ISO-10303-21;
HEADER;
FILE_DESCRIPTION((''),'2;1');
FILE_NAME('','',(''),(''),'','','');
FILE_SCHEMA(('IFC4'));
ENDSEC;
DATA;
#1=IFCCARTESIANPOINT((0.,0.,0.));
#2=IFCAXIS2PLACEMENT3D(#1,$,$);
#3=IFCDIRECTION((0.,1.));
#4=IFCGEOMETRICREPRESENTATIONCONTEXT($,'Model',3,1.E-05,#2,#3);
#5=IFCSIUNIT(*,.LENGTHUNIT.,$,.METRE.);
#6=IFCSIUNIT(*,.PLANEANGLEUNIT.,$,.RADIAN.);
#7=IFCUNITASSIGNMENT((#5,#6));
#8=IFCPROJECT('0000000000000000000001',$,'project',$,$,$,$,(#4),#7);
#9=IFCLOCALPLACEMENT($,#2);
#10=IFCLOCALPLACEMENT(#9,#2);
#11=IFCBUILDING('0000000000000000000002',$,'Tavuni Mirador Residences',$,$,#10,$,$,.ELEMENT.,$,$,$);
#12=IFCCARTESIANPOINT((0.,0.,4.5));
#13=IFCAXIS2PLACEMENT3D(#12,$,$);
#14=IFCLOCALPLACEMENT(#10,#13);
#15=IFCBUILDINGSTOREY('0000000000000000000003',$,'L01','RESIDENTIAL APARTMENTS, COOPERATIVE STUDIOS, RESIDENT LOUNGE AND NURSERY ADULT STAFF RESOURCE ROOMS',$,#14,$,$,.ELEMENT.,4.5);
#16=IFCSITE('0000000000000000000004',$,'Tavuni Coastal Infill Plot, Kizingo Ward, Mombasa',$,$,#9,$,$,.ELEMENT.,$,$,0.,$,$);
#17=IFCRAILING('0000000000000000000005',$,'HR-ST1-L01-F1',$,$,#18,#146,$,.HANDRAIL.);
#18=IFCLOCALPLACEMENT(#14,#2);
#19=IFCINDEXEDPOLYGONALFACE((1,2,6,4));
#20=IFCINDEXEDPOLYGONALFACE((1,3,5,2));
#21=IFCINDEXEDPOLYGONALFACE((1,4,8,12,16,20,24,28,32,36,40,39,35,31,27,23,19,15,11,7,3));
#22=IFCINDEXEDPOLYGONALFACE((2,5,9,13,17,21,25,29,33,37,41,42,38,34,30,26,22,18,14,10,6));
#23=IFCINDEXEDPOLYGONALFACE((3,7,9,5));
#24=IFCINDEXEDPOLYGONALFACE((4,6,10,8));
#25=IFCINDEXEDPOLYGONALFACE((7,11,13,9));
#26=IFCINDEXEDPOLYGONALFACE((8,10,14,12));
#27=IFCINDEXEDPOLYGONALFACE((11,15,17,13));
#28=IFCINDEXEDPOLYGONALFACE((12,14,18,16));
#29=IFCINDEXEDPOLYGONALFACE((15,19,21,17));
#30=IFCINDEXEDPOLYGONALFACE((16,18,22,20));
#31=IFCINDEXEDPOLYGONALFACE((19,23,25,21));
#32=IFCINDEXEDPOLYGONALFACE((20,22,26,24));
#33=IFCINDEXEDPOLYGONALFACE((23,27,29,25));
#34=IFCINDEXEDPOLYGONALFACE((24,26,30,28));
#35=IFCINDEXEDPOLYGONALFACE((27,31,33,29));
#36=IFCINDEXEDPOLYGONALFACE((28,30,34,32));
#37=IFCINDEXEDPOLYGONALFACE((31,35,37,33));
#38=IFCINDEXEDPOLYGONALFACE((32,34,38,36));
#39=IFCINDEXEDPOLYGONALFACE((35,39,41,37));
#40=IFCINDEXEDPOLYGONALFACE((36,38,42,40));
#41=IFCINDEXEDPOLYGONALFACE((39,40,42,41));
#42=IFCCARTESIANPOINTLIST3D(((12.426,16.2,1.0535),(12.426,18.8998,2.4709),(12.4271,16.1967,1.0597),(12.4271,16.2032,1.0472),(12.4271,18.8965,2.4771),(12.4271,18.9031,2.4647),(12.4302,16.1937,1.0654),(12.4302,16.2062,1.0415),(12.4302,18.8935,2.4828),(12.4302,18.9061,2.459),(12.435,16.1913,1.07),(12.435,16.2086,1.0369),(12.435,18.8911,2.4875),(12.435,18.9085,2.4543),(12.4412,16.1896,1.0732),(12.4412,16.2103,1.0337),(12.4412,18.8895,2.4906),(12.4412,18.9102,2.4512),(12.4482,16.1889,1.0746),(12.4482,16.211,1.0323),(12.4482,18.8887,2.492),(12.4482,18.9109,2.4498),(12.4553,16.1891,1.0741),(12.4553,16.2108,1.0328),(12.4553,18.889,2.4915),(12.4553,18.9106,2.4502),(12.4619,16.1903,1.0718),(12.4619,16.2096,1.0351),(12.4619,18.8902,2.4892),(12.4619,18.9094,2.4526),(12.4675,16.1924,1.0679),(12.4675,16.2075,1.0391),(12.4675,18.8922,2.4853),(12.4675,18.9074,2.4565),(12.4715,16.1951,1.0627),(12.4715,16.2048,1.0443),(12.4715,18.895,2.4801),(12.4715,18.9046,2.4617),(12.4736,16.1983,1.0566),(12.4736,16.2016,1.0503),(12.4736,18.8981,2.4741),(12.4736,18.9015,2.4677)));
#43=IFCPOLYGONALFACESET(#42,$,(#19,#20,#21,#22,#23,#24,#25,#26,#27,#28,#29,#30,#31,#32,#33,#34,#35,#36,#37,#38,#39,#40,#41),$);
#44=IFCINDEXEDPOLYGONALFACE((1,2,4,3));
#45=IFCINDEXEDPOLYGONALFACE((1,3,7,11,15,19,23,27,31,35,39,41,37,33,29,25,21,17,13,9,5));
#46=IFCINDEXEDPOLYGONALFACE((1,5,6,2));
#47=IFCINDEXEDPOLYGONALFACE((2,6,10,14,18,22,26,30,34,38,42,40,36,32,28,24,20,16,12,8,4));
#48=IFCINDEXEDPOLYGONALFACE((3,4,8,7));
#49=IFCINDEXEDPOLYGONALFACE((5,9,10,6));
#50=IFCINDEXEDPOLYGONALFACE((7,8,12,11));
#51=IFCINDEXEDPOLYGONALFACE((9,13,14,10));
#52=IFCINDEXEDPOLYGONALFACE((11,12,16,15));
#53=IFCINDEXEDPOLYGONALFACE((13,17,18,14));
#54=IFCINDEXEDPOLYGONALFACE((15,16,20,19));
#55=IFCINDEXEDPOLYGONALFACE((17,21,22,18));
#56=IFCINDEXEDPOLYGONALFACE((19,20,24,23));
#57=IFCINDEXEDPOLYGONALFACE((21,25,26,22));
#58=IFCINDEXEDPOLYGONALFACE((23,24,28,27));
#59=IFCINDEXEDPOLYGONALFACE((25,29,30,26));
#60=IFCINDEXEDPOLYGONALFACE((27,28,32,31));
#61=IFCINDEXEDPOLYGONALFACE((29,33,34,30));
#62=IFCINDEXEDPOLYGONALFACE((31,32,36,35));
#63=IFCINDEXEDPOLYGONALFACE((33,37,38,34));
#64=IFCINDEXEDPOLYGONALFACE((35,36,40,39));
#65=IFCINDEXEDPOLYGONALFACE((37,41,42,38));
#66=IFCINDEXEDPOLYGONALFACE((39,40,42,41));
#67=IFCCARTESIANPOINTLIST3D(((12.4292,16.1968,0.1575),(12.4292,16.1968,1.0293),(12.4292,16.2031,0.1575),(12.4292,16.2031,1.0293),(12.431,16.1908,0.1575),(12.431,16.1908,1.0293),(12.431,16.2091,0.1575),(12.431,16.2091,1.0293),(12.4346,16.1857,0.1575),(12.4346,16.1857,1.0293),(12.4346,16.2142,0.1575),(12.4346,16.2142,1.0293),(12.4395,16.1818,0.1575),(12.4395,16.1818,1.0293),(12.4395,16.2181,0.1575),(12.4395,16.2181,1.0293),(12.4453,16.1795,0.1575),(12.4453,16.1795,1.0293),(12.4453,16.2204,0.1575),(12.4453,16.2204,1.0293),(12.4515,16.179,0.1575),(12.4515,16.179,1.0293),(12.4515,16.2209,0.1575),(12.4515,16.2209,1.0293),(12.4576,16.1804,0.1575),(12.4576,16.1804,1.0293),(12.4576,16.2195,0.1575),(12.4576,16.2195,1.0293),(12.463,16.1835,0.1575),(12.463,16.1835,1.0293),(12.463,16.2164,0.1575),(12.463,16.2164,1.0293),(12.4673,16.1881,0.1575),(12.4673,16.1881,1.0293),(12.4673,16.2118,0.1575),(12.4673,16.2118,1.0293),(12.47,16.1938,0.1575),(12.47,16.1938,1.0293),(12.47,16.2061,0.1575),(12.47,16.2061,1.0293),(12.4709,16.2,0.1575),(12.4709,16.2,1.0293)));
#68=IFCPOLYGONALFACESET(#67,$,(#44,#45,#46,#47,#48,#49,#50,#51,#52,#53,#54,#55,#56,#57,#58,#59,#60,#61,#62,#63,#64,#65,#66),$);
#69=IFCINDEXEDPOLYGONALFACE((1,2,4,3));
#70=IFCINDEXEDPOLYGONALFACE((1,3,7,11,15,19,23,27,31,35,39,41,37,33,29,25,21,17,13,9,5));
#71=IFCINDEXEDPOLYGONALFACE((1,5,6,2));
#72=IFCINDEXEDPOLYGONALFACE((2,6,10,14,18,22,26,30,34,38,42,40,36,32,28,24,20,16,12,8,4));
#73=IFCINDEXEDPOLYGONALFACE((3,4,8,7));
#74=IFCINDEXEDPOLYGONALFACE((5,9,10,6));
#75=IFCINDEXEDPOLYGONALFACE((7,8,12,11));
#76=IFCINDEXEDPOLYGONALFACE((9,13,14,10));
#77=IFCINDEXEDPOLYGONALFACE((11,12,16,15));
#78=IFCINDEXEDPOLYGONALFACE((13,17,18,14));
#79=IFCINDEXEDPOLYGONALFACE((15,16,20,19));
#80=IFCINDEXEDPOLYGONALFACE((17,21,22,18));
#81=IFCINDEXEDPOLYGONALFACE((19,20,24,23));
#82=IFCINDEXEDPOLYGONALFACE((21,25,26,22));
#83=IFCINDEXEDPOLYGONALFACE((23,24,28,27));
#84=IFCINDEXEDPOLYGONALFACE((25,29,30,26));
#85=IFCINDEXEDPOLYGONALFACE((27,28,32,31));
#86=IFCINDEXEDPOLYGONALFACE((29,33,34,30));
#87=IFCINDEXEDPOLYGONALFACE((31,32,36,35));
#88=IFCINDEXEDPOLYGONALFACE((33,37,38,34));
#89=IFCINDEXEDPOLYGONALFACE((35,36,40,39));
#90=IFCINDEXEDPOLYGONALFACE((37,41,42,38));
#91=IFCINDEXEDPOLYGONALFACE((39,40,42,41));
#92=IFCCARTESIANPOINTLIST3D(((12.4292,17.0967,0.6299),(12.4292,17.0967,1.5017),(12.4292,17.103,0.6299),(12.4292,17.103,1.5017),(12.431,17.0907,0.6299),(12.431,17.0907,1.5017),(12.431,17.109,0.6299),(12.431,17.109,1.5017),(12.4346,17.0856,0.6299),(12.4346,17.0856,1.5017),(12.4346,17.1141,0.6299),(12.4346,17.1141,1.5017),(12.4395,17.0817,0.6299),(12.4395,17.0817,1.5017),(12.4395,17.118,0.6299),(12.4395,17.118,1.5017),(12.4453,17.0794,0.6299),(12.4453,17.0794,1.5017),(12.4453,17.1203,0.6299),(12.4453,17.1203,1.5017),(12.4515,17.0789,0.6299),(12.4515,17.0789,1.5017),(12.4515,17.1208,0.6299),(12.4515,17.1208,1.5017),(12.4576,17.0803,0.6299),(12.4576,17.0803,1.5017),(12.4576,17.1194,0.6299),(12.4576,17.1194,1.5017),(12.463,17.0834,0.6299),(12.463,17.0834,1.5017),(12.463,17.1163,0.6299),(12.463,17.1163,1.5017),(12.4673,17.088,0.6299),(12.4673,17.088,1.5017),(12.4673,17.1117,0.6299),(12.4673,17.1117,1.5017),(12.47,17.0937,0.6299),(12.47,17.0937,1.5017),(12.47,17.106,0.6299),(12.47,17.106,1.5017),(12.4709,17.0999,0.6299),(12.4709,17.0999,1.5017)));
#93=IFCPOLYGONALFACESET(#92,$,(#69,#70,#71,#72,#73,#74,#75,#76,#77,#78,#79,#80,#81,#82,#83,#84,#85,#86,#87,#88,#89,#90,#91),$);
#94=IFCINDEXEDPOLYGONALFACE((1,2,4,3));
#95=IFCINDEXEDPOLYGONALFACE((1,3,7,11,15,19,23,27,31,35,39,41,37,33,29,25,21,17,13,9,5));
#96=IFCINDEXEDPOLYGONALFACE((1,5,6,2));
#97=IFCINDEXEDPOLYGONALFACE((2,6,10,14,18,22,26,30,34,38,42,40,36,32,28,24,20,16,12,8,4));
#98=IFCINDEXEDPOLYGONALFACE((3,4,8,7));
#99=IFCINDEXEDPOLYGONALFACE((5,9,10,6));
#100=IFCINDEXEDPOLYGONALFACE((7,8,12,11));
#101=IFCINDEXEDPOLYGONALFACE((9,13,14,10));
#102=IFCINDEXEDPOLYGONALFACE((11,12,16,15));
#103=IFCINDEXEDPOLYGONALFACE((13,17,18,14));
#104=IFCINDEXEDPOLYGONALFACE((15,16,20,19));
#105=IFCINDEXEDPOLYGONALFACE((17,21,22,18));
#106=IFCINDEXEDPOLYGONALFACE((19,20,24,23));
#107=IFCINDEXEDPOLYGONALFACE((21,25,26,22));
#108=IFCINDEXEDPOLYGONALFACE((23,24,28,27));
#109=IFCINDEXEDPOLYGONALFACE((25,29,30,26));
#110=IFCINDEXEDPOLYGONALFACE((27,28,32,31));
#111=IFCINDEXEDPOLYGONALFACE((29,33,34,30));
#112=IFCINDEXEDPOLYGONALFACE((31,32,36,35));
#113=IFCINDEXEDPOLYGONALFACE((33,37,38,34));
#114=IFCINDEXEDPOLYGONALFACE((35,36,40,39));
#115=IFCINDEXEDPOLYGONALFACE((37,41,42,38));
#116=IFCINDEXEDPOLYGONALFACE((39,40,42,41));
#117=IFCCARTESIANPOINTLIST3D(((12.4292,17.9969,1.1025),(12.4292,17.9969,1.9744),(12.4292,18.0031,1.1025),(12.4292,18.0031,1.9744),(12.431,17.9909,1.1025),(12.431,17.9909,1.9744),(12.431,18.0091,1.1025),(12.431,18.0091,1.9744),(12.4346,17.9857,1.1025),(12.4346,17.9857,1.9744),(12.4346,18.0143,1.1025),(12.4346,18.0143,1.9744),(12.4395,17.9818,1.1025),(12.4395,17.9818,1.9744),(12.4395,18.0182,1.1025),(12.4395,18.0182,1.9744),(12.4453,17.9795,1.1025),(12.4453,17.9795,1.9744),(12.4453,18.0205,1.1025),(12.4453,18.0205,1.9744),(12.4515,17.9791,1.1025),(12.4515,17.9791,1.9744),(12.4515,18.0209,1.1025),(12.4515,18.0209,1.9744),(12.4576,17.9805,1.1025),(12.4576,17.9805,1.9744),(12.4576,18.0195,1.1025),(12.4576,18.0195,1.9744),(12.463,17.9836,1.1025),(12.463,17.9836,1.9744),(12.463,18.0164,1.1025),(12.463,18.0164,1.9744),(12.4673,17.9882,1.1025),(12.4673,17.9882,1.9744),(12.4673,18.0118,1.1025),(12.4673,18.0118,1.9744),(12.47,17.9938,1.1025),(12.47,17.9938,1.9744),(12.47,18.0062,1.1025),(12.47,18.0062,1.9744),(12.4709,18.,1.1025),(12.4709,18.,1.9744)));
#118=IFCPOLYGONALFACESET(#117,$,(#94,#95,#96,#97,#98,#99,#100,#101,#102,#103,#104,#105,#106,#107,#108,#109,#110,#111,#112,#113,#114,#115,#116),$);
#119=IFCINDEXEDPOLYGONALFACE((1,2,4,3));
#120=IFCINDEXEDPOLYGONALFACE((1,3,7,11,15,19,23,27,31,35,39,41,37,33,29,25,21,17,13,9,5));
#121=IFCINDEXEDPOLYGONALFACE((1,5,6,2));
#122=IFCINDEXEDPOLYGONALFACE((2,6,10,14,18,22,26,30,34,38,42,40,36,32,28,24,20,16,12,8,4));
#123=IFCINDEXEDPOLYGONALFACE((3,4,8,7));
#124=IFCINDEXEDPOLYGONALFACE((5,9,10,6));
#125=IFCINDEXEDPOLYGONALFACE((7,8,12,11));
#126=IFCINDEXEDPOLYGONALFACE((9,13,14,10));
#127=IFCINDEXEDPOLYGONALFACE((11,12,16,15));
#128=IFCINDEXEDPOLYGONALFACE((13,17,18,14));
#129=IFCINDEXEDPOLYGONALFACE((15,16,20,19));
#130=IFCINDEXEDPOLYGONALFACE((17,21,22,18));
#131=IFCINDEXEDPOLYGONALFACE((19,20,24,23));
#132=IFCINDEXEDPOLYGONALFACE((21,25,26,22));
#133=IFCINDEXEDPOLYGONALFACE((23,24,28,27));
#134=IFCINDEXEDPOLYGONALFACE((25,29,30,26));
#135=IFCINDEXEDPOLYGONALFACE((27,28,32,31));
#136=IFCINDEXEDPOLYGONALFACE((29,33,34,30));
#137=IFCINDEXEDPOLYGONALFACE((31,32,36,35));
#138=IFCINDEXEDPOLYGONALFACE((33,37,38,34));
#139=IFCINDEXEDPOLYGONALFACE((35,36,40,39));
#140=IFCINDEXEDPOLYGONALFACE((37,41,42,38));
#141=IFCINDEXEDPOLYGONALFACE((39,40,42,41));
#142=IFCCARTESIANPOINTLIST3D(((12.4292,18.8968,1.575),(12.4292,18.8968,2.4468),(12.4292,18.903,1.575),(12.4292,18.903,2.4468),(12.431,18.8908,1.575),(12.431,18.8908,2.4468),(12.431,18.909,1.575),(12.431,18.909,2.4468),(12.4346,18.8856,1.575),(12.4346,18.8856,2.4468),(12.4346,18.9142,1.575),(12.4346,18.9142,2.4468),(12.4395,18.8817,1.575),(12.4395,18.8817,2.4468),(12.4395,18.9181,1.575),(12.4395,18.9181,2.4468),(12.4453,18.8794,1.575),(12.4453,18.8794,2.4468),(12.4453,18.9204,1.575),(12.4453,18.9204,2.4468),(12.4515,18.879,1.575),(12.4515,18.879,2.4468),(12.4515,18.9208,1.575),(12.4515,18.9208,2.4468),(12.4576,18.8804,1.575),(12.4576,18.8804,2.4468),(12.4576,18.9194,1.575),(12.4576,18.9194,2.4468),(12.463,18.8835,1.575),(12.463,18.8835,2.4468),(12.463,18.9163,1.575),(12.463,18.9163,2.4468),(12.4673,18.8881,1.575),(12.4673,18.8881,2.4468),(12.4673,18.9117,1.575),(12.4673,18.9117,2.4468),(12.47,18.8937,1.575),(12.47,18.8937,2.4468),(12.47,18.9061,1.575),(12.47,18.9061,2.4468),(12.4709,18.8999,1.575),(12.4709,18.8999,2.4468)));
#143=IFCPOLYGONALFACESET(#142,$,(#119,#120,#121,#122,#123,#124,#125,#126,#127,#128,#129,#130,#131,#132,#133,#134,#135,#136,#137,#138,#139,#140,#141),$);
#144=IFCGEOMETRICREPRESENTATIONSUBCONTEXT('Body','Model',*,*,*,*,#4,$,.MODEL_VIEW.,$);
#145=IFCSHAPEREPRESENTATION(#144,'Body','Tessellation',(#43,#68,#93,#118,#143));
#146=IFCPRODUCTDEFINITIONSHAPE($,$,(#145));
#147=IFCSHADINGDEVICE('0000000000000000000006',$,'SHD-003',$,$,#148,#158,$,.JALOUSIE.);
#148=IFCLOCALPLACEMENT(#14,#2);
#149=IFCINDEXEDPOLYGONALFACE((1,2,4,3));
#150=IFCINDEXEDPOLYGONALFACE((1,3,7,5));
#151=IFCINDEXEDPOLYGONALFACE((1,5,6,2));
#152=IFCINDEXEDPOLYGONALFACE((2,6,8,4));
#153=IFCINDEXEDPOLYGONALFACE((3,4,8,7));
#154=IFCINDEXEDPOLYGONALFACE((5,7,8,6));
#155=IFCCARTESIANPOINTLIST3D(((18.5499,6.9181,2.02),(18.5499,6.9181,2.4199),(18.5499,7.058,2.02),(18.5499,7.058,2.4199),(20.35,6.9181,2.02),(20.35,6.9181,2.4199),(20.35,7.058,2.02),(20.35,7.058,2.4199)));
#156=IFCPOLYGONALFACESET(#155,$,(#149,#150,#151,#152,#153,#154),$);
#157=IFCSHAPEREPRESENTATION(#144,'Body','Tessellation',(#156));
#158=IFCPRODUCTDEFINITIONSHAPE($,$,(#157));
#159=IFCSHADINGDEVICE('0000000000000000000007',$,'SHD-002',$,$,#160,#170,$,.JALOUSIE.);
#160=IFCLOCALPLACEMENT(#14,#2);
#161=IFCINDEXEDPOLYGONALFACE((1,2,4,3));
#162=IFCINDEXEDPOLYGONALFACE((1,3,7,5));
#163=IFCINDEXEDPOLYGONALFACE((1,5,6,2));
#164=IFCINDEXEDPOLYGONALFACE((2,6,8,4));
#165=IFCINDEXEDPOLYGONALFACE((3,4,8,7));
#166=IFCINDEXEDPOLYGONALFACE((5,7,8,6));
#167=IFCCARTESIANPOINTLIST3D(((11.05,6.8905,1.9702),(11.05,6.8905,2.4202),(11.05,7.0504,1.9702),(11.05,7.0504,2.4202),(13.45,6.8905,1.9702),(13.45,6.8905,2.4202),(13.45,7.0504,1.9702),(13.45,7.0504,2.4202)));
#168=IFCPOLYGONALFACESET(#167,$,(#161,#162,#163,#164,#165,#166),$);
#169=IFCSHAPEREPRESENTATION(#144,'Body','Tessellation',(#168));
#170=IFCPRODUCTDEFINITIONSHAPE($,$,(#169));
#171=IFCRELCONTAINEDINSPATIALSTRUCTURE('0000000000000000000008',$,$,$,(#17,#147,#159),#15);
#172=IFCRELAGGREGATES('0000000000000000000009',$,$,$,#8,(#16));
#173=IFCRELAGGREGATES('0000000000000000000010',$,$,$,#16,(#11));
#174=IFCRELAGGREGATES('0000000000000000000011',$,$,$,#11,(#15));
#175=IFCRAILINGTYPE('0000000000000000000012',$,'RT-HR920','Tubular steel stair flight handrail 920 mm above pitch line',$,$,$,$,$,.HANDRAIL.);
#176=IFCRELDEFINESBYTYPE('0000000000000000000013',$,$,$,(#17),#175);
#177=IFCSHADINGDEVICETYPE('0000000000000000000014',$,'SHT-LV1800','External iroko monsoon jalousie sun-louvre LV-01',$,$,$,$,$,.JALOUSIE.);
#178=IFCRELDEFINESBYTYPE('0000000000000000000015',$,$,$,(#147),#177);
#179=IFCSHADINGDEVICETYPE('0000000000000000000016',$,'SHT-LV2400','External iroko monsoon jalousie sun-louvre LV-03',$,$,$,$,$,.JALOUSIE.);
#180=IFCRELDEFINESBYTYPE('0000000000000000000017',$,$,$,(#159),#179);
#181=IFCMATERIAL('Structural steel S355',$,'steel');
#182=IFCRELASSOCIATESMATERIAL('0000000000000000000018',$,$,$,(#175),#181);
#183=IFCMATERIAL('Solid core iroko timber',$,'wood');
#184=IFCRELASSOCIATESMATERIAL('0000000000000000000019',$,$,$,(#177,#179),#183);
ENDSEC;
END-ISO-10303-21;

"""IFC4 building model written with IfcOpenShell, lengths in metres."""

from ifc_helpers import new_model, si_unit, direction, frame, origin, origin_2d, place, context, subcontext, project, spatial, rectangle, circle, extrude, material, type_object, element, save


model = new_model("IFC4")

# Units and contexts
model_context = context("Model", 3, precision=1e-05, world=origin(), true_north=direction((0.0, 1.0)))
body_context = subcontext(model_context, "Body", "Model", "MODEL_VIEW")
ifc_project = project(units=[si_unit("LENGTHUNIT", "METRE"), si_unit("PLANEANGLEUNIT", "RADIAN")], contexts=[model_context])

# Site, building, storey
site_placement = place(None, origin())
site = spatial("IfcSite", under=ifc_project, at=site_placement, Name="Tavuni Coastal Infill Plot, Kizingo Ward, Mombasa", CompositionType="ELEMENT", RefElevation=0.0)
building_placement = place(site_placement, origin())
building = spatial("IfcBuilding", under=site, at=building_placement, Name="Tavuni Mirador Residences", CompositionType="ELEMENT")
storey_placement = place(building_placement, frame((0.0, 0.0, 4.5)))
storey = spatial("IfcBuildingStorey", under=building, at=storey_placement, Name="L01", Description="RESIDENTIAL APARTMENTS, COOPERATIVE STUDIOS, RESIDENT LOUNGE AND NURSERY ADULT STAFF RESOURCE ROOMS", CompositionType="ELEMENT", Elevation=4.5)

# Shared definitions
ifc_material_1 = material(Name="Solid core iroko timber", Category="wood")

# Railing
ifc_material_2 = material(Name="Structural steel S355", Category="steel")
railing_type = type_object("IfcRailingType", Name="RT-HR920", Description="Tubular steel stair flight handrail 920 mm above pitch line", PredefinedType="HANDRAIL", material=ifc_material_2)
railing_placement = place(storey_placement, frame((12.45, 16.2, 0.1575)))
element("IfcRailing", 1, at=railing_placement, inside=storey, type_object=railing_type, Name="HR-ST1-L01-F1", PredefinedType="HANDRAIL", context=body_context, shape_type="SweptSolid", body=[
    extrude(circle(Radius=0.0239, at=origin_2d()), frame((0.0, 0.0, 0.896), z_axis=(0.0, 0.885397, 0.464835), x_axis=(-1.0, 0.0, 0.0)), (0.0, 0.0, 1.0), 3.0493),
    extrude(circle(Radius=0.021, at=origin_2d()), origin(), (0.0, 0.0, 1.0), 0.8718),
    extrude(circle(Radius=0.021, at=origin_2d()), frame((0.0, 0.8999, 0.4724)), (0.0, 0.0, 1.0), 0.8718),
    extrude(circle(Radius=0.021, at=origin_2d()), frame((0.0, 1.8, 0.9451)), (0.0, 0.0, 1.0), 0.8718),
    extrude(circle(Radius=0.021, at=origin_2d()), frame((0.0, 2.7, 1.4175)), (0.0, 0.0, 1.0), 0.8718),
])

# Shading devices
shading_device_type_1 = type_object("IfcShadingDeviceType", Name="SHT-LV1800", Description="External iroko monsoon jalousie sun-louvre LV-01", PredefinedType="JALOUSIE", material=ifc_material_1)
shading_device_1_placement = place(storey_placement, frame((19.45, 6.988, 2.02), z_axis=(0.0, 0.0, 1.0), x_axis=(1.0, 0.0, 0.0)))
element("IfcShadingDevice", 2, at=shading_device_1_placement, inside=storey, type_object=shading_device_type_1, Name="SHD-003", PredefinedType="JALOUSIE", context=body_context, shape_type="SweptSolid", body=[
    extrude(rectangle(XDim=1.8, YDim=0.1399, at=origin_2d()), origin(), (0.0, 0.0, 1.0), 0.3999),
])
shading_device_type_2 = type_object("IfcShadingDeviceType", Name="SHT-LV2400", Description="External iroko monsoon jalousie sun-louvre LV-03", PredefinedType="JALOUSIE", material=ifc_material_1)
shading_device_2_placement = place(storey_placement, frame((12.25, 6.9705, 1.9702), z_axis=(0.0, 0.0, 1.0), x_axis=(1.0, 0.0, 0.0)))
element("IfcShadingDevice", 3, at=shading_device_2_placement, inside=storey, type_object=shading_device_type_2, Name="SHD-002", PredefinedType="JALOUSIE", context=body_context, shape_type="SweptSolid", body=[
    extrude(rectangle(XDim=2.3999, YDim=0.1599, at=origin_2d()), origin(), (0.0, 0.0, 1.0), 0.45),
])

save(model, "model.ifc")
